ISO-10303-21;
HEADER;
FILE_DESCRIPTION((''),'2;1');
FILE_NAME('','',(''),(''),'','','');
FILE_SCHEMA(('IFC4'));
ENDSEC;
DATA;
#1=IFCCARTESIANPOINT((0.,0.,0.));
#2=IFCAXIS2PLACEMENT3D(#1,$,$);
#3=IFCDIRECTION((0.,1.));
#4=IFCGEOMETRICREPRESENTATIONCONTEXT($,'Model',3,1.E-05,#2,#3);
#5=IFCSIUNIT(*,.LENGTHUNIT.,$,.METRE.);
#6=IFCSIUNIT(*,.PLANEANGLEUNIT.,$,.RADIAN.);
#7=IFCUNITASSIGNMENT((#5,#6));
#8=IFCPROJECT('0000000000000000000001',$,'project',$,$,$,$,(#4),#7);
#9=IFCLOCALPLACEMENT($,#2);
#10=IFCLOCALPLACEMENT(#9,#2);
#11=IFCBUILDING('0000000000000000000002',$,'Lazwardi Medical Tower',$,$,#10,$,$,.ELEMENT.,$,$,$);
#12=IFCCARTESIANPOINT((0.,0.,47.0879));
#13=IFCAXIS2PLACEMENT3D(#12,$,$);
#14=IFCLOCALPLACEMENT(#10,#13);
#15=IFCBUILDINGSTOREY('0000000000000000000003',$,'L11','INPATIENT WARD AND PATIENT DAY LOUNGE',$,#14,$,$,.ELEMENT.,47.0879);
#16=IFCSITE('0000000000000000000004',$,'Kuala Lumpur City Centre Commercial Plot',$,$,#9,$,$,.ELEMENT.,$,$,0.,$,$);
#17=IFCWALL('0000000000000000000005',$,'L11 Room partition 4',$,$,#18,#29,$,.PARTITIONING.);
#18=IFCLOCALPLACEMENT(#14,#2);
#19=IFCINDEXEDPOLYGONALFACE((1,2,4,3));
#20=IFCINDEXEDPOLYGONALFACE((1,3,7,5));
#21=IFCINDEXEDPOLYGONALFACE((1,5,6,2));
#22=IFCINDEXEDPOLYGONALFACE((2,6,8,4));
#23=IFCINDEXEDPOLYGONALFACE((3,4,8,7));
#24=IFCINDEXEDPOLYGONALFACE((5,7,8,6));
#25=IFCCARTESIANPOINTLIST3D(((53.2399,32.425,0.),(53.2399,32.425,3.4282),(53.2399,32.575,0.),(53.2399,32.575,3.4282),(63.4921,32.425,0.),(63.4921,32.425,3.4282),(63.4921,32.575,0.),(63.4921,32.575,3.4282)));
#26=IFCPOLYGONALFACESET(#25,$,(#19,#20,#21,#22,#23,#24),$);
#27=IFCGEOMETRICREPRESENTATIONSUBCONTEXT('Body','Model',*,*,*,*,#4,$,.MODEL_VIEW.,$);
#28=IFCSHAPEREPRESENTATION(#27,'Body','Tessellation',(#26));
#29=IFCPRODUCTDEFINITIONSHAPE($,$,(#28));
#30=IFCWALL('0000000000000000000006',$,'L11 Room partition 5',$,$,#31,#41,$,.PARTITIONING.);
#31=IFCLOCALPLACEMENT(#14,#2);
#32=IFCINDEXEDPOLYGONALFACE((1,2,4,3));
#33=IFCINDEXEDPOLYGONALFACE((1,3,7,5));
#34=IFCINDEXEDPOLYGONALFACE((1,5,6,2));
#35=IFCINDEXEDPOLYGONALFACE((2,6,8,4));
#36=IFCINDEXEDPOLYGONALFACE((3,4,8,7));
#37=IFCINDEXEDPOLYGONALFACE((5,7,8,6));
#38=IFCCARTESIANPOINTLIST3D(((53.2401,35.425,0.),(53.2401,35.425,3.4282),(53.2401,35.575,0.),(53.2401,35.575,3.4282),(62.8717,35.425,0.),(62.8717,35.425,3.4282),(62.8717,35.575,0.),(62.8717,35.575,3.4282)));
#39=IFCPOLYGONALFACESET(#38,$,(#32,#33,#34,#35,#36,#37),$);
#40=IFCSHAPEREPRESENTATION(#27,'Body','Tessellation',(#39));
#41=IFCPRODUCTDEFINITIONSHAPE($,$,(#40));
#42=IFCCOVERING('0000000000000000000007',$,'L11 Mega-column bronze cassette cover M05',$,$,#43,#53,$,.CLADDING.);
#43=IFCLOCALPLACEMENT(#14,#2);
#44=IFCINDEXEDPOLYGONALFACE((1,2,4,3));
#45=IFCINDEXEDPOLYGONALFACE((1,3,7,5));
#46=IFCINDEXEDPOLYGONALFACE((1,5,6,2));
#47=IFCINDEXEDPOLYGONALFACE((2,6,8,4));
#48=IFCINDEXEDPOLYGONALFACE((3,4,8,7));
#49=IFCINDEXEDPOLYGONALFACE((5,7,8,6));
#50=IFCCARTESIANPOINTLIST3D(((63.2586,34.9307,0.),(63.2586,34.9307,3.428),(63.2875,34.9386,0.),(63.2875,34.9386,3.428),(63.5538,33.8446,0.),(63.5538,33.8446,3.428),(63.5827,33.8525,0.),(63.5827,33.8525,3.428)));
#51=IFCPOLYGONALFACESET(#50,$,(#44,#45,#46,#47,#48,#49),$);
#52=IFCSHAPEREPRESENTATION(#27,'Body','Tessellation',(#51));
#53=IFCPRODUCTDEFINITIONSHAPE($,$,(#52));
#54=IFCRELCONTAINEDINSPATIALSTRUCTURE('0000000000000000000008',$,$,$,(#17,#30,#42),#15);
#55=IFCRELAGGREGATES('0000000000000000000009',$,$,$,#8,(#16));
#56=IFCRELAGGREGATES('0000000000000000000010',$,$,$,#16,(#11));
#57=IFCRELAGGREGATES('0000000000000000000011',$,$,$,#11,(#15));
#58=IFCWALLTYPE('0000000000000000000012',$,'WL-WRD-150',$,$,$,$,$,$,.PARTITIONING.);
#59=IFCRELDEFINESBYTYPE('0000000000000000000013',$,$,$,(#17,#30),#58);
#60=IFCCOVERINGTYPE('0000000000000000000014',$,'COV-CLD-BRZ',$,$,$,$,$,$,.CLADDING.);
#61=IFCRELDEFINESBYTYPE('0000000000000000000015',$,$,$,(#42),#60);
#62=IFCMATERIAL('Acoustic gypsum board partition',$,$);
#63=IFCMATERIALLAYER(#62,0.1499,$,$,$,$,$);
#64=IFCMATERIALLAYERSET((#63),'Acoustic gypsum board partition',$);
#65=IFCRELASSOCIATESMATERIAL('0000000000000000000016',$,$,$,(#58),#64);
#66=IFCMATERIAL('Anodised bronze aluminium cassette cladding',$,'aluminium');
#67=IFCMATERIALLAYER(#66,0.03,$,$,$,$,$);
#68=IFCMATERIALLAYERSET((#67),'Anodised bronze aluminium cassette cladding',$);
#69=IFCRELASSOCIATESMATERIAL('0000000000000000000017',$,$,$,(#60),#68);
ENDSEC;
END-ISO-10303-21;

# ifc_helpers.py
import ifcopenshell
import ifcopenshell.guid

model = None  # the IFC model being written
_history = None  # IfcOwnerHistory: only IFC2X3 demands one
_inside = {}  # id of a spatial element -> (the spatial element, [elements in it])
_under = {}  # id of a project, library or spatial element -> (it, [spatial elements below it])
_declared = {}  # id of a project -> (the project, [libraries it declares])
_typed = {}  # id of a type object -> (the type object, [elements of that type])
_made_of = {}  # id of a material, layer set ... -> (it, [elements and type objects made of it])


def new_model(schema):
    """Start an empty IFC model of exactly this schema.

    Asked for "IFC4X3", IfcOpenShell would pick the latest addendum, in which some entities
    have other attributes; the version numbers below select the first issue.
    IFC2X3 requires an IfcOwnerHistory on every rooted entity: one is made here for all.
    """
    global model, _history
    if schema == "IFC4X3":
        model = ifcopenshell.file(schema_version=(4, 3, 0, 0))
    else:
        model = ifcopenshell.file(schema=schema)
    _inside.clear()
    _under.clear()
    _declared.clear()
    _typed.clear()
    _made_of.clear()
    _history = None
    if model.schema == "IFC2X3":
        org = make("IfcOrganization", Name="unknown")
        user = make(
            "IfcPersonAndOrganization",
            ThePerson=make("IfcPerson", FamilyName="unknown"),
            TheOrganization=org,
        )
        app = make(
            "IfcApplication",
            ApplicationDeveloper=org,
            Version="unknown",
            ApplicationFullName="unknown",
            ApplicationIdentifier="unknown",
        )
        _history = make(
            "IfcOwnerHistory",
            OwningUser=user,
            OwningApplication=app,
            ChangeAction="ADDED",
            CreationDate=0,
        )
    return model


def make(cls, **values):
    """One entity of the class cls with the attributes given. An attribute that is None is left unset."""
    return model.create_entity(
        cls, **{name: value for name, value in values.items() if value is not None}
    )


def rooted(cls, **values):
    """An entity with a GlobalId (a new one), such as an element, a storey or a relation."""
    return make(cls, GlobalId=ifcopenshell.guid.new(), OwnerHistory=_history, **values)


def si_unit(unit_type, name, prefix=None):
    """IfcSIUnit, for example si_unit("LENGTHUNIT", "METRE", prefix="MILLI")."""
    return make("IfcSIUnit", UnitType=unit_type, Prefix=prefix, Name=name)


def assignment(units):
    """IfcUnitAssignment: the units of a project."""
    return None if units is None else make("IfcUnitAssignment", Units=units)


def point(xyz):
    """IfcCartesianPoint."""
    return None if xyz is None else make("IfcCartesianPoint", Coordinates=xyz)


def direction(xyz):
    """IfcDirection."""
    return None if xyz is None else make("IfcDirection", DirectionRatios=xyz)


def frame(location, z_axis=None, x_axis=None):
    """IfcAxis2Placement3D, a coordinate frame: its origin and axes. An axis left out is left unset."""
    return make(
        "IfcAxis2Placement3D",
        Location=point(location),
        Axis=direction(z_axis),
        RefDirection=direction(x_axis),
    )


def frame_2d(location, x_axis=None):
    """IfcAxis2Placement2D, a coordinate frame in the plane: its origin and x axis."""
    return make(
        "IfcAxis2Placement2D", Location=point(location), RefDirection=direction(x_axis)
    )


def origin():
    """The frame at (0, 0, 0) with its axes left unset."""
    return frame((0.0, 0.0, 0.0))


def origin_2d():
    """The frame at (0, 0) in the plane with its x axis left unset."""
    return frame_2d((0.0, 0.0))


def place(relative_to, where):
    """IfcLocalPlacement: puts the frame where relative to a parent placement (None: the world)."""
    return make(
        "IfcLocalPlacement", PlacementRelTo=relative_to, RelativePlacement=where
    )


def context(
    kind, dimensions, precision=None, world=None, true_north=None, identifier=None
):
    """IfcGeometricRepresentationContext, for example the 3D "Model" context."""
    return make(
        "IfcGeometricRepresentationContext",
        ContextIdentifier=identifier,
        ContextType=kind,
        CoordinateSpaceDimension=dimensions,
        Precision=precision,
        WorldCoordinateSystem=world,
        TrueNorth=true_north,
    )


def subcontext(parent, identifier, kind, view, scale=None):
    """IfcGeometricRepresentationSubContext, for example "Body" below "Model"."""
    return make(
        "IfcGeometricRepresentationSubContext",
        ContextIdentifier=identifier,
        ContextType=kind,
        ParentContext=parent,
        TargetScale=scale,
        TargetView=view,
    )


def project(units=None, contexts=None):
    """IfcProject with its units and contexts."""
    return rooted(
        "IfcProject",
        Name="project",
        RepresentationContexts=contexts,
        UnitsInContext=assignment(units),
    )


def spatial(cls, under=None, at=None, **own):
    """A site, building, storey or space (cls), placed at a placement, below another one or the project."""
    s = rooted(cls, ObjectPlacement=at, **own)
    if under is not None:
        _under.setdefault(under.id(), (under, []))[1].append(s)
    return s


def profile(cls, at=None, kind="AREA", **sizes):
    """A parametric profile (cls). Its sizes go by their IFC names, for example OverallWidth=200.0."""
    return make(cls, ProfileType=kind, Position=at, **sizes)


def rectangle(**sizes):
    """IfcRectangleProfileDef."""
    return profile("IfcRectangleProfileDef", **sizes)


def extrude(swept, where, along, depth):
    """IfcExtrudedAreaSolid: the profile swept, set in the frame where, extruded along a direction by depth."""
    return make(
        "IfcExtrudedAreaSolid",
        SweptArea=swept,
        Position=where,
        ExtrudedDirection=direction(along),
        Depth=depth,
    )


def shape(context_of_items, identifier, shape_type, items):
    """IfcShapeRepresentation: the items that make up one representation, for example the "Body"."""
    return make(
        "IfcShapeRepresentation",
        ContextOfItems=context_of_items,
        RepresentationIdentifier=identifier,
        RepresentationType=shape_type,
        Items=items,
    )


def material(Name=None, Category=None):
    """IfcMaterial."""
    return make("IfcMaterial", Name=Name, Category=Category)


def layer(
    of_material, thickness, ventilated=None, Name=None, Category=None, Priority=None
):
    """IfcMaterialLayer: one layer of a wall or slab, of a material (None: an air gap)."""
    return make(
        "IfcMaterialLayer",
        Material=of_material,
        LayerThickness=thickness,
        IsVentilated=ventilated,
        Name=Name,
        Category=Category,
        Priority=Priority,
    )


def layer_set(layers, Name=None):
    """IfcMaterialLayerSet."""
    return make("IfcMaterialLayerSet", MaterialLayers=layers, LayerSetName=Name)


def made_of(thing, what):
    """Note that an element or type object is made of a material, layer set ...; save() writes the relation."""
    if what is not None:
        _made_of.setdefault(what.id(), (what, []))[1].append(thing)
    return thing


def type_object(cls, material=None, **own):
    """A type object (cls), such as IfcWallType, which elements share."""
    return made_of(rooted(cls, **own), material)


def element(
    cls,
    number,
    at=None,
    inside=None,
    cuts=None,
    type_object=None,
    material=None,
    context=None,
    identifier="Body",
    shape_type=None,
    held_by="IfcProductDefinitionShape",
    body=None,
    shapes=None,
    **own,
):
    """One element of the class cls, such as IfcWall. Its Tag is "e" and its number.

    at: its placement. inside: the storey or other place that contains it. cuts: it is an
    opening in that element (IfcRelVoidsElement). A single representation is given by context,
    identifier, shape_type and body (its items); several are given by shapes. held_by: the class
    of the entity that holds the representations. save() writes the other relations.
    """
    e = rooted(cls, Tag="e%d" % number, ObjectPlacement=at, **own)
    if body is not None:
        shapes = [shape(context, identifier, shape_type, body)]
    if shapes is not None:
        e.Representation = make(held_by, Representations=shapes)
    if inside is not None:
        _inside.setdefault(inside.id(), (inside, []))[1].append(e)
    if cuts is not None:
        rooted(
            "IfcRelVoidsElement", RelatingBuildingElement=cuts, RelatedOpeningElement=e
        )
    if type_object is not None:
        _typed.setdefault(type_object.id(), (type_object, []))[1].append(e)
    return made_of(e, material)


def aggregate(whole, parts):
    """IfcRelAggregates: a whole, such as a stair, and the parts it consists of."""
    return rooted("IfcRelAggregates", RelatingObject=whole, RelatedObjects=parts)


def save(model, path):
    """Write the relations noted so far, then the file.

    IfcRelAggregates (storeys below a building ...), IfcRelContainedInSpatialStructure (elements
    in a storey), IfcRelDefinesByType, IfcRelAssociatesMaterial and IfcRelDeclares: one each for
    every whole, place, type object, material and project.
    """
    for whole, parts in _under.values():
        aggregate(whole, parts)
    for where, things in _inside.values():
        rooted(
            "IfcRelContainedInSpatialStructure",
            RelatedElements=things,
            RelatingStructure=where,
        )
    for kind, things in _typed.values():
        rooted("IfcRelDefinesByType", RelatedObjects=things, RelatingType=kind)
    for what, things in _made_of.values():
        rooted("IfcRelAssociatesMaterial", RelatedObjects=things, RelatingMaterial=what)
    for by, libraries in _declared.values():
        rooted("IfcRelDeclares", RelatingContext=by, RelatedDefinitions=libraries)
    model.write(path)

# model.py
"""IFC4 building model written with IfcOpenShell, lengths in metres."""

from ifc_helpers import new_model, si_unit, direction, frame, frame_2d, origin, origin_2d, place, context, subcontext, project, spatial, rectangle, extrude, material, layer, layer_set, type_object, element, save


model = new_model("IFC4")

# Units and contexts
model_context = context("Model", 3, precision=1e-05, world=origin(), true_north=direction((0.0, 1.0)))
body_context = subcontext(model_context, "Body", "Model", "MODEL_VIEW")
ifc_project = project(units=[si_unit("LENGTHUNIT", "METRE"), si_unit("PLANEANGLEUNIT", "RADIAN")], contexts=[model_context])

# Site, building, storey
site_placement = place(None, origin())
site = spatial("IfcSite", under=ifc_project, at=site_placement, Name="Kuala Lumpur City Centre Commercial Plot", CompositionType="ELEMENT", RefElevation=0.0)
building_placement = place(site_placement, origin())
building = spatial("IfcBuilding", under=site, at=building_placement, Name="Lazwardi Medical Tower", CompositionType="ELEMENT")
storey_placement = place(building_placement, frame((0.0, 0.0, 47.0879)))
storey = spatial("IfcBuildingStorey", under=building, at=storey_placement, Name="L11", Description="INPATIENT WARD AND PATIENT DAY LOUNGE", CompositionType="ELEMENT", Elevation=47.0879)

# Walls
ifc_material_1 = material(Name="Acoustic gypsum board partition")
ifc_layer_1 = layer(ifc_material_1, 0.1499)
ifc_layer_set_1 = layer_set([ifc_layer_1], Name="Acoustic gypsum board partition")
wall_type_1 = type_object("IfcWallType", Name="WL-WRD-150", PredefinedType="PARTITIONING", material=ifc_layer_set_1)
wall_1_placement = place(storey_placement, frame((53.24, 32.5, 0.0), z_axis=(0.0, 0.0, 1.0), x_axis=(1.0, 0.0, 0.0)))
element("IfcWall", 1, at=wall_1_placement, inside=storey, type_object=wall_type_1, Name="L11 Room partition 4", PredefinedType="PARTITIONING", context=body_context, shape_type="SweptSolid", body=[
    extrude(rectangle(XDim=10.2522, YDim=0.1499, at=frame_2d((5.126, 0.0))), origin(), (0.0, 0.0, 1.0), 3.4282),
])
wall_2_placement = place(storey_placement, frame((53.24, 35.5, 0.0), z_axis=(0.0, 0.0, 1.0), x_axis=(1.0, 0.0, 0.0)))
element("IfcWall", 2, at=wall_2_placement, inside=storey, type_object=wall_type_1, Name="L11 Room partition 5", PredefinedType="PARTITIONING", context=body_context, shape_type="SweptSolid", body=[
    extrude(rectangle(XDim=9.6316, YDim=0.1499, at=frame_2d((4.8159, 0.0))), origin(), (0.0, 0.0, 1.0), 3.4282),
])

# Covering
ifc_material_2 = material(Name="Anodised bronze aluminium cassette cladding", Category="aluminium")
ifc_layer_2 = layer(ifc_material_2, 0.03)
ifc_layer_set_2 = layer_set([ifc_layer_2], Name="Anodised bronze aluminium cassette cladding")
covering_type = type_object("IfcCoveringType", Name="COV-CLD-BRZ", PredefinedType="CLADDING", material=ifc_layer_set_2)
covering_placement = place(storey_placement, frame((63.4207, 34.3916, 0.0), z_axis=(0.0, 0.0, 1.0), x_axis=(-0.262283, 0.964991, 0.0)))
element("IfcCovering", 3, at=covering_placement, inside=storey, type_object=covering_type, Name="L11 Mega-column bronze cassette cover M05", PredefinedType="CLADDING", context=body_context, shape_type="SweptSolid", body=[
    extrude(rectangle(XDim=1.1255, YDim=0.03, at=origin_2d()), origin(), (0.0, 0.0, 1.0), 3.428),
])

save(model, "model.ifc")
